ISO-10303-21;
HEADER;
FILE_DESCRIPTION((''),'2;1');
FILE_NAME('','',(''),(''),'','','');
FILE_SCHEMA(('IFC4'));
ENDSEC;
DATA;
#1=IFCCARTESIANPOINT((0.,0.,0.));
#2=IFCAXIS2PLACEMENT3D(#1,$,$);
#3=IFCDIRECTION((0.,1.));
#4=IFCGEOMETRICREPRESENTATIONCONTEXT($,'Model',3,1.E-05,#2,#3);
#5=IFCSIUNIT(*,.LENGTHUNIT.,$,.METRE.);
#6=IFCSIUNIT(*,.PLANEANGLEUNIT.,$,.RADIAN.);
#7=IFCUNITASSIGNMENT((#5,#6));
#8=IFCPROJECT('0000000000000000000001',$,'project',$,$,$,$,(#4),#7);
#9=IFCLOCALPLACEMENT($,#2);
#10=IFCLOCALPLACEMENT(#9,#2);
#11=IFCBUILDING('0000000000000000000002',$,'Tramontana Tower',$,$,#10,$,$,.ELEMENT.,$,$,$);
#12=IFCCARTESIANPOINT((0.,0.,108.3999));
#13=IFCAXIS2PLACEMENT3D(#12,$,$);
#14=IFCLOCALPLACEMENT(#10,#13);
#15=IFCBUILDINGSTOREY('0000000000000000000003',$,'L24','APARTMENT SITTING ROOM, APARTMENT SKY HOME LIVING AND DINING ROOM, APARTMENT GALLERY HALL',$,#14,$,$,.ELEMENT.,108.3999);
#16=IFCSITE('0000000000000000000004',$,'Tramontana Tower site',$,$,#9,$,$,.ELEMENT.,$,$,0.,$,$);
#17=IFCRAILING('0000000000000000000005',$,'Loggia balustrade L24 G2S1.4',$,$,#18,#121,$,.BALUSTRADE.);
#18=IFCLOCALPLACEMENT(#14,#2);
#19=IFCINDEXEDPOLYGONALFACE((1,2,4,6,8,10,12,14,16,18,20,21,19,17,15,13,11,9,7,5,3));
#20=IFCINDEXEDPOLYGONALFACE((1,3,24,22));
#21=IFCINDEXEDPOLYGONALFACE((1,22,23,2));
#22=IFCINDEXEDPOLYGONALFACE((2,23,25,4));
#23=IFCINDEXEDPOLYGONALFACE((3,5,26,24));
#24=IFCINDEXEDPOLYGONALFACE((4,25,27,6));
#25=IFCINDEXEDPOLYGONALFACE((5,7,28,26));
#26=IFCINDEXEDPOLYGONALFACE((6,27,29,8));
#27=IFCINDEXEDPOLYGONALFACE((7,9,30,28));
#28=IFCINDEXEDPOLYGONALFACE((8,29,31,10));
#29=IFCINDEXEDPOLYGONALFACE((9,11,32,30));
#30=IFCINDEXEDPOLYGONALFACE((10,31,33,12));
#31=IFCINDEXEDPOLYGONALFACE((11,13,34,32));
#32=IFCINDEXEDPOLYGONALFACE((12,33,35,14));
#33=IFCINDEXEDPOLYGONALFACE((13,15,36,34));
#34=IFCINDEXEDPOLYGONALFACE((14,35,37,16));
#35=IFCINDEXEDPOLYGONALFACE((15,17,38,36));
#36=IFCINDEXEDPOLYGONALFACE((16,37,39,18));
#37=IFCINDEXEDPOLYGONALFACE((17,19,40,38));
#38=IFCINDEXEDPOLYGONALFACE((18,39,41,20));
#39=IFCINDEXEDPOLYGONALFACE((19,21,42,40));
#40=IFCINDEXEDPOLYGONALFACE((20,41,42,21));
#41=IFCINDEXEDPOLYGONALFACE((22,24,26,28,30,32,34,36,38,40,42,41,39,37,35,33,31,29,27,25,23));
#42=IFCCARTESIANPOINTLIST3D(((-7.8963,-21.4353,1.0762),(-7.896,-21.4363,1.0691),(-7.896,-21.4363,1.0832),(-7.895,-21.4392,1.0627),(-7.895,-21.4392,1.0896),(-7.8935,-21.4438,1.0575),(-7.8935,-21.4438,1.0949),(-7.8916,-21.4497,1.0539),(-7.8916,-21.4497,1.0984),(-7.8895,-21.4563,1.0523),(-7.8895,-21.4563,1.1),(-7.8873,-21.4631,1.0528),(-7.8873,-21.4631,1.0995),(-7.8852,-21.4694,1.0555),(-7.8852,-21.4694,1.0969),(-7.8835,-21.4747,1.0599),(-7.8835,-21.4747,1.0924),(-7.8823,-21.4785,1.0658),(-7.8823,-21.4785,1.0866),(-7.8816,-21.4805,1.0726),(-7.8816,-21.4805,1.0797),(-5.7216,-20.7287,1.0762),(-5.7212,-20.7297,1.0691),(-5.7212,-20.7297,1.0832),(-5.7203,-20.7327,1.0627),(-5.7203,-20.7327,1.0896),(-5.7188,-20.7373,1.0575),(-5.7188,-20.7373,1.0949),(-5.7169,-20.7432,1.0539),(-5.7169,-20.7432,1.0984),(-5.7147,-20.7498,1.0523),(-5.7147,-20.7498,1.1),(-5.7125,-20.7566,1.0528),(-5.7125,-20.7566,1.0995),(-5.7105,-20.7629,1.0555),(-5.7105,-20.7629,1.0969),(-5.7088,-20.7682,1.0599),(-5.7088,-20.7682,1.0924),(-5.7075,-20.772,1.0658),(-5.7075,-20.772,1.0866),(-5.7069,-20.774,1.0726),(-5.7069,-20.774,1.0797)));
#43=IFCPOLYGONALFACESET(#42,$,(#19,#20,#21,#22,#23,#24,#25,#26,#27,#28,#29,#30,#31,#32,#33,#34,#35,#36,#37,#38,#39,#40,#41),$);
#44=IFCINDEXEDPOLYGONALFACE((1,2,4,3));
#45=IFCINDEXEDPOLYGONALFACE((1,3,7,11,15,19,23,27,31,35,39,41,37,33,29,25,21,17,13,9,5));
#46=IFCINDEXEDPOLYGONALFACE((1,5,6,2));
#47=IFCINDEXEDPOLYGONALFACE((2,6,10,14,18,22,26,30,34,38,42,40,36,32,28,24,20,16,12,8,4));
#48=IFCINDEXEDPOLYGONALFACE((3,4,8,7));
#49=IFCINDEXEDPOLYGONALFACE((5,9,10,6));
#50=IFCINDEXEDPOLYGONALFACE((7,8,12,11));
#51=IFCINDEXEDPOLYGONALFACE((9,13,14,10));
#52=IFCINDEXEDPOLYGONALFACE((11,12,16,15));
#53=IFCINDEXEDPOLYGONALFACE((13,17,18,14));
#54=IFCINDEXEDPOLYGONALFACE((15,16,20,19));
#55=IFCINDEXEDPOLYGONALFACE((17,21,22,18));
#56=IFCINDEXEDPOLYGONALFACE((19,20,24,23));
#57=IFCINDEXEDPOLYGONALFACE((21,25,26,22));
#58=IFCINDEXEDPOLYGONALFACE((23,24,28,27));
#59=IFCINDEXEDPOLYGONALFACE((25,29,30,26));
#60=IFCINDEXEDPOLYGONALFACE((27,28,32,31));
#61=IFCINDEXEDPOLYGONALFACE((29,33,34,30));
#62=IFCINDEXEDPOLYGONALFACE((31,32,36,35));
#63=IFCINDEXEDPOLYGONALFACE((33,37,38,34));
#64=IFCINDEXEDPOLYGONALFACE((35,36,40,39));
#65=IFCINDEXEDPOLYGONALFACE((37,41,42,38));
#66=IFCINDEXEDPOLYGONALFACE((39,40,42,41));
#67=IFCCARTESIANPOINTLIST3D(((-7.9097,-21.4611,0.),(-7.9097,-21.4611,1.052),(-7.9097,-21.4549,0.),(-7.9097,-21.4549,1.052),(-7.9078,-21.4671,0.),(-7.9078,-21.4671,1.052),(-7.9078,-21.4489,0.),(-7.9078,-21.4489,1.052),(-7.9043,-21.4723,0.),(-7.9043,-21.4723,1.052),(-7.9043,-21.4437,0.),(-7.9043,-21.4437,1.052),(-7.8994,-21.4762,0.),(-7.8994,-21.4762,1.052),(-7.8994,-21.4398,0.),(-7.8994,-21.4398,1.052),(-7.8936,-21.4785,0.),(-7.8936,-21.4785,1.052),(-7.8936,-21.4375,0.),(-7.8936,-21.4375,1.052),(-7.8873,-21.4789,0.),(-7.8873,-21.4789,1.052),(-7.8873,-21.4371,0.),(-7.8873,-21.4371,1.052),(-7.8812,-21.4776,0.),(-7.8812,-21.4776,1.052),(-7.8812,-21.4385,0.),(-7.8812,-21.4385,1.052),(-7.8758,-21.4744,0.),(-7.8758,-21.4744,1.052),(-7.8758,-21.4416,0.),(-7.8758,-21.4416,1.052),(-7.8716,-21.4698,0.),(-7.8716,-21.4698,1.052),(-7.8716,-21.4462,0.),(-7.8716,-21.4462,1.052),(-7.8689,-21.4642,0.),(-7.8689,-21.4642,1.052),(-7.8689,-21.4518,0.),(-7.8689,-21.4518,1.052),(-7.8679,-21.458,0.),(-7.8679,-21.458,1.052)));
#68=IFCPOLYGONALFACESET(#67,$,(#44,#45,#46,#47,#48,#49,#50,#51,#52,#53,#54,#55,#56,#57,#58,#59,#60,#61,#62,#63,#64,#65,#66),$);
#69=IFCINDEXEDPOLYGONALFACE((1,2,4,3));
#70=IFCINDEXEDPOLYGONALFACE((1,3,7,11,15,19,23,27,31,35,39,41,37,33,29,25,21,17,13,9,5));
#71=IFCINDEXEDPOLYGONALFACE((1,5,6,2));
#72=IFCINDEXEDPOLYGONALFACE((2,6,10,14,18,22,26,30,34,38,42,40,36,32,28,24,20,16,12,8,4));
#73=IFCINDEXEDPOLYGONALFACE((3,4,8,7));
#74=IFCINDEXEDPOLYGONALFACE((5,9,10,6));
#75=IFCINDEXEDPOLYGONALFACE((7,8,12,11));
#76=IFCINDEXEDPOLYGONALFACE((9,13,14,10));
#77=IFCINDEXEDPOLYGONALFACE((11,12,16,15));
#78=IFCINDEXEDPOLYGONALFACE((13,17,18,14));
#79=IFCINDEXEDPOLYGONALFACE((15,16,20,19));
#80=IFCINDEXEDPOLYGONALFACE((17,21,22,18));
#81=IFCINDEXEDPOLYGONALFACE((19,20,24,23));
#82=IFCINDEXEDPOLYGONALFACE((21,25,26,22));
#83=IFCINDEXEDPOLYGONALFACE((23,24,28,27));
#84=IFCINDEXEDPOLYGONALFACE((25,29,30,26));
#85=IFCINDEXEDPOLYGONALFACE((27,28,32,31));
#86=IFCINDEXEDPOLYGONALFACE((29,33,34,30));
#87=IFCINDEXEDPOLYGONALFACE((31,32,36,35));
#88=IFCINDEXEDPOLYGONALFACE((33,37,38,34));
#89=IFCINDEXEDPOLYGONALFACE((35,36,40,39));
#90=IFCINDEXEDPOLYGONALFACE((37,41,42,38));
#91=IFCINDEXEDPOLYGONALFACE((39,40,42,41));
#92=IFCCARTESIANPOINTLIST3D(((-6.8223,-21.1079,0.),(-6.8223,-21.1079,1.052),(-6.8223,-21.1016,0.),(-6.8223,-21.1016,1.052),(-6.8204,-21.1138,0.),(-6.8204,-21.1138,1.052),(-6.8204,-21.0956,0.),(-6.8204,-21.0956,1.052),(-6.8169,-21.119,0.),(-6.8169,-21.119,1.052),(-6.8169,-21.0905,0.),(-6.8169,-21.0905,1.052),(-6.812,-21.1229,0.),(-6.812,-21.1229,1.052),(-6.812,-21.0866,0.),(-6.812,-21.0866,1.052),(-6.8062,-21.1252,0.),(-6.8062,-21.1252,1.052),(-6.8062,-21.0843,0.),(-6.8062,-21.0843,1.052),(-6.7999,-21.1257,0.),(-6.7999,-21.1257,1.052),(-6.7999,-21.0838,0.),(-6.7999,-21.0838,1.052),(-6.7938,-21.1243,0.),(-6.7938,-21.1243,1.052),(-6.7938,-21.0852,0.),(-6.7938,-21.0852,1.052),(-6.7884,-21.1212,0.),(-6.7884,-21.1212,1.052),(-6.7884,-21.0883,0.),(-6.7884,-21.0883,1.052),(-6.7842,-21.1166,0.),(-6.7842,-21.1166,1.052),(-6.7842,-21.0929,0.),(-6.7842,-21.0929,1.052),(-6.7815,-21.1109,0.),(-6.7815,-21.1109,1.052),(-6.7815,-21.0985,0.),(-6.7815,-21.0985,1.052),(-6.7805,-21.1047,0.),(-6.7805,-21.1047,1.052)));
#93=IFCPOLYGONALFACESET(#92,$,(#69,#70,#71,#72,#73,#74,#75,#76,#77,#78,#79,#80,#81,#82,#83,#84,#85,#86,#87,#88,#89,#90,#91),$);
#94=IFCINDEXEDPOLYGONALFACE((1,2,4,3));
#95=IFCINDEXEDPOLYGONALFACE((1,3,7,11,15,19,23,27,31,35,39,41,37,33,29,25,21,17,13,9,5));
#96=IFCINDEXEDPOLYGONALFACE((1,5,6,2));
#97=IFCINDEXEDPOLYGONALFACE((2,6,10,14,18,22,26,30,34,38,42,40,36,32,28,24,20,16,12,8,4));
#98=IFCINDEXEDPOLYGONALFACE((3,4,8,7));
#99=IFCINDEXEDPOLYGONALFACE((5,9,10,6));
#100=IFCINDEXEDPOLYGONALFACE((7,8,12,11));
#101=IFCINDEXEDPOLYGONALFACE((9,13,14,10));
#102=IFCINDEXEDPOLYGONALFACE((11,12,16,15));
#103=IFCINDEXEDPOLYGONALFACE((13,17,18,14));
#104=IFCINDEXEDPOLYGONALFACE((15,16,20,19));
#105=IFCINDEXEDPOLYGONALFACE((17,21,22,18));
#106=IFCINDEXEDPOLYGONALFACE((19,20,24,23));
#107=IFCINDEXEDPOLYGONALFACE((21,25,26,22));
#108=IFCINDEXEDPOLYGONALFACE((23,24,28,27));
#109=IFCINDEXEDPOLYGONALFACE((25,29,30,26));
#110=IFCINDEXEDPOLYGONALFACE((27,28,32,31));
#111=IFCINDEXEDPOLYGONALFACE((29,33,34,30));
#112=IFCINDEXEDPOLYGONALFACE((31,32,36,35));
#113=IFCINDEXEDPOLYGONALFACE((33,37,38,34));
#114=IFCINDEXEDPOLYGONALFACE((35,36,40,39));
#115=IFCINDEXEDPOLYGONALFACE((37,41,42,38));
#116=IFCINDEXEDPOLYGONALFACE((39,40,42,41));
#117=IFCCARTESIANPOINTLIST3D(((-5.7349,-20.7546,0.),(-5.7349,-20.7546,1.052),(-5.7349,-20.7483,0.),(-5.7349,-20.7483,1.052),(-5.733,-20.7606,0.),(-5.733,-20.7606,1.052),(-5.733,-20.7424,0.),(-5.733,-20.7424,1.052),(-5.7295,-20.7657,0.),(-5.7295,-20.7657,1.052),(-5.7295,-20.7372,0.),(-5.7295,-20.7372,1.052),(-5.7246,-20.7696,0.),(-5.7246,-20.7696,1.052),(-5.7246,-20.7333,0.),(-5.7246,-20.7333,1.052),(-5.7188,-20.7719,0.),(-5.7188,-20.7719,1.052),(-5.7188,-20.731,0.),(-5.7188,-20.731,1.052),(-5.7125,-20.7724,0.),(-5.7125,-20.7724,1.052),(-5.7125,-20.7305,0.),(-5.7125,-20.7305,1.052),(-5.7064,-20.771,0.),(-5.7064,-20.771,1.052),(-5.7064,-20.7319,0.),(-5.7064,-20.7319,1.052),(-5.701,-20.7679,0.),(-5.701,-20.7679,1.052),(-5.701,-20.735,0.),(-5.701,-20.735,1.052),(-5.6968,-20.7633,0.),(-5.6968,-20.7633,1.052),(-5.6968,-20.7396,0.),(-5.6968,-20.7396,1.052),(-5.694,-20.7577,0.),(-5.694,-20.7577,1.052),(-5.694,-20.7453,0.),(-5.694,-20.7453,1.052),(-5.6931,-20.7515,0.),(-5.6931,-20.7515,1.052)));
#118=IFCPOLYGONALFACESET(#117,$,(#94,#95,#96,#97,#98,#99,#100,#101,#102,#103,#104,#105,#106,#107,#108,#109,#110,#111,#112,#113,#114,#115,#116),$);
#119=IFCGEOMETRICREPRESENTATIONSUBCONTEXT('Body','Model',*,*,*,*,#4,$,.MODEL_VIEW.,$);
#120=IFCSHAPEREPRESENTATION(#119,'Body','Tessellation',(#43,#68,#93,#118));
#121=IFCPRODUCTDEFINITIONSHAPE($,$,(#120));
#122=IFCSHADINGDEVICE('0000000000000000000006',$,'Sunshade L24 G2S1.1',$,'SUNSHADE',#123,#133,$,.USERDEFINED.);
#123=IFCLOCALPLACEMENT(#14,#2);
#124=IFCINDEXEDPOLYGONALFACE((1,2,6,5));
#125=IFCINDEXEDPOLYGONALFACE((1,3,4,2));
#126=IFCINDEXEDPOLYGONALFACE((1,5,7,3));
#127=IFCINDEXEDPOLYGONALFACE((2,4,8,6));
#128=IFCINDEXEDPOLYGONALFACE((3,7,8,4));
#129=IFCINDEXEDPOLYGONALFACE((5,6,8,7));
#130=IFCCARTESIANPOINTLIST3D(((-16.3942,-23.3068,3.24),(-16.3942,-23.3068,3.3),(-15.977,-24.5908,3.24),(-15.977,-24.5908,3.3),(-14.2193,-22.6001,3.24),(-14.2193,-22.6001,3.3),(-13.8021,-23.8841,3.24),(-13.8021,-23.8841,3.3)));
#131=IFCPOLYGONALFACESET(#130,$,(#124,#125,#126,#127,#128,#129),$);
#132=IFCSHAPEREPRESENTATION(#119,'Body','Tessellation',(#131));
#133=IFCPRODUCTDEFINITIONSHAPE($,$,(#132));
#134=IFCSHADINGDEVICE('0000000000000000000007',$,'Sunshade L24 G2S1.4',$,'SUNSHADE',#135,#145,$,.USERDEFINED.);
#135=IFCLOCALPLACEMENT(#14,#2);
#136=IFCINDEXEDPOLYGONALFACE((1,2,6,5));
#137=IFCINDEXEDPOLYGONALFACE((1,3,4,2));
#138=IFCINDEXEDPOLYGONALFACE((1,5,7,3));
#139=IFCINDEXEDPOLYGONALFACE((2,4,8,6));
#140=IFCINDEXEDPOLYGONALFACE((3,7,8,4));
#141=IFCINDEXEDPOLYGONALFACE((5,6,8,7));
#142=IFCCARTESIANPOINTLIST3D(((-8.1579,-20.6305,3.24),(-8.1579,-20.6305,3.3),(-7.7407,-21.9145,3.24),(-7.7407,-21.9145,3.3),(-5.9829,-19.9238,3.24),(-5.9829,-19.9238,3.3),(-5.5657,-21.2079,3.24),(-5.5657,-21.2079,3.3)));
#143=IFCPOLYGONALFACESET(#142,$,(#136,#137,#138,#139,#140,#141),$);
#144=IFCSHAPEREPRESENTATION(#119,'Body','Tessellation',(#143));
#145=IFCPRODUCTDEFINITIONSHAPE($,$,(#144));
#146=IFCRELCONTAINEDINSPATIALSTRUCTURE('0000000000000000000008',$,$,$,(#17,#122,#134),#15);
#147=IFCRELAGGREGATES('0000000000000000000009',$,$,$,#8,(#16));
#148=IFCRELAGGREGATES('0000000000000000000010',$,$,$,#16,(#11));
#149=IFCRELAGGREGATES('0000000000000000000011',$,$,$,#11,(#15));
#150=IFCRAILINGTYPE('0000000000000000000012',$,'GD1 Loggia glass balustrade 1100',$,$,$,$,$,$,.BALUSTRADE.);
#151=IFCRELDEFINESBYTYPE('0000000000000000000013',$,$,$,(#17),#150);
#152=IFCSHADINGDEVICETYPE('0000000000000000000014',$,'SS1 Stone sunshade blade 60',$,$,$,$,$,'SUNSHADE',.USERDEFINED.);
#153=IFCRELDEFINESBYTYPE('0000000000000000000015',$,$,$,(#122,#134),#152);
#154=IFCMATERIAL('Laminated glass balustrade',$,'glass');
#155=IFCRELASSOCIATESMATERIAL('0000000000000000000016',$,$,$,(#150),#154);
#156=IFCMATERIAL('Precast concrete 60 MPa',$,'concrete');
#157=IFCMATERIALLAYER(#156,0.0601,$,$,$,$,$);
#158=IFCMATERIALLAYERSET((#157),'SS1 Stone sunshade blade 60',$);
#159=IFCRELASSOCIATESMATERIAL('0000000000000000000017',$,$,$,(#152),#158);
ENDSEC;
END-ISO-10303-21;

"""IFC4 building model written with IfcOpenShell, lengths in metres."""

from ifc_helpers import new_model, si_unit, direction, frame, origin, origin_2d, place, context, subcontext, project, spatial, rectangle, circle, extrude, material, layer, layer_set, type_object, element, save


model = new_model("IFC4")

# Units and contexts
model_context = context("Model", 3, precision=1e-05, world=origin(), true_north=direction((0.0, 1.0)))
body_context = subcontext(model_context, "Body", "Model", "MODEL_VIEW")
ifc_project = project(units=[si_unit("LENGTHUNIT", "METRE"), si_unit("PLANEANGLEUNIT", "RADIAN")], contexts=[model_context])

# Site, building, storey
site_placement = place(None, origin())
site = spatial("IfcSite", under=ifc_project, at=site_placement, Name="Tramontana Tower site", CompositionType="ELEMENT", RefElevation=0.0)
building_placement = place(site_placement, origin())
building = spatial("IfcBuilding", under=site, at=building_placement, Name="Tramontana Tower", CompositionType="ELEMENT")
storey_placement = place(building_placement, frame((0.0, 0.0, 108.3999)))
storey = spatial("IfcBuildingStorey", under=building, at=storey_placement, Name="L24", Description="APARTMENT SITTING ROOM, APARTMENT SKY HOME LIVING AND DINING ROOM, APARTMENT GALLERY HALL", CompositionType="ELEMENT", Elevation=108.3999)

# Railing
ifc_material_1 = material(Name="Laminated glass balustrade", Category="glass")
railing_type = type_object("IfcRailingType", Name="GD1 Loggia glass balustrade 1100", PredefinedType="BALUSTRADE", material=ifc_material_1)
railing_1_placement = place(storey_placement, frame((-7.8889, -21.458, 0.0)))
element("IfcRailing", 1, at=railing_1_placement, inside=storey, type_object=railing_type, Name="Loggia balustrade L24 G2S1.4", PredefinedType="BALUSTRADE", context=body_context, shape_type="SweptSolid", body=[
    extrude(circle(Radius=0.0239, at=origin_2d()), frame((0.0, 0.0, 1.0762), z_axis=(0.951069, 0.30898, 0.0), x_axis=(-0.30898, 0.951069, 0.0)), (0.0, 0.0, 1.0), 2.2866),
    extrude(circle(Radius=0.021, at=origin_2d()), origin(), (0.0, 0.0, 1.0), 1.052),
    extrude(circle(Radius=0.021, at=origin_2d()), frame((1.0874, 0.3533, 0.0)), (0.0, 0.0, 1.0), 1.052),
    extrude(circle(Radius=0.021, at=origin_2d()), frame((2.1748, 0.7065, 0.0)), (0.0, 0.0, 1.0), 1.052),
])

# Shading devices
ifc_material_2 = material(Name="Precast concrete 60 MPa", Category="concrete")
ifc_layer_1 = layer(ifc_material_2, 0.0601)
ifc_layer_set_1 = layer_set([ifc_layer_1], Name="SS1 Stone sunshade blade 60")
shading_device_type = type_object("IfcShadingDeviceType", Name="SS1 Stone sunshade blade 60", ElementType="SUNSHADE", PredefinedType="USERDEFINED", material=ifc_layer_set_1)
for number, where, z_axis, x_axis, name in (
    (2, (-15.0981, -23.5955, 3.24), (0.0, 0.0, 1.0), (0.951057, 0.309017, 0.0), "Sunshade L24 G2S1.1"),
    (3, (-6.8618, -20.9192, 3.24), (0.0, 0.0, 1.0), (0.951057, 0.309017, 0.0), "Sunshade L24 G2S1.4"),
):
    element("IfcShadingDevice", number, at=place(storey_placement, frame(where, z_axis=z_axis, x_axis=x_axis)), inside=storey, type_object=shading_device_type, Name=name, ObjectType="SUNSHADE", PredefinedType="USERDEFINED", context=body_context, shape_type="SweptSolid", body=[
        extrude(rectangle(XDim=2.2869, YDim=1.3501, at=origin_2d()), origin(), (0.0, 0.0, 1.0), 0.0601),
    ])

save(model, "model.ifc")
